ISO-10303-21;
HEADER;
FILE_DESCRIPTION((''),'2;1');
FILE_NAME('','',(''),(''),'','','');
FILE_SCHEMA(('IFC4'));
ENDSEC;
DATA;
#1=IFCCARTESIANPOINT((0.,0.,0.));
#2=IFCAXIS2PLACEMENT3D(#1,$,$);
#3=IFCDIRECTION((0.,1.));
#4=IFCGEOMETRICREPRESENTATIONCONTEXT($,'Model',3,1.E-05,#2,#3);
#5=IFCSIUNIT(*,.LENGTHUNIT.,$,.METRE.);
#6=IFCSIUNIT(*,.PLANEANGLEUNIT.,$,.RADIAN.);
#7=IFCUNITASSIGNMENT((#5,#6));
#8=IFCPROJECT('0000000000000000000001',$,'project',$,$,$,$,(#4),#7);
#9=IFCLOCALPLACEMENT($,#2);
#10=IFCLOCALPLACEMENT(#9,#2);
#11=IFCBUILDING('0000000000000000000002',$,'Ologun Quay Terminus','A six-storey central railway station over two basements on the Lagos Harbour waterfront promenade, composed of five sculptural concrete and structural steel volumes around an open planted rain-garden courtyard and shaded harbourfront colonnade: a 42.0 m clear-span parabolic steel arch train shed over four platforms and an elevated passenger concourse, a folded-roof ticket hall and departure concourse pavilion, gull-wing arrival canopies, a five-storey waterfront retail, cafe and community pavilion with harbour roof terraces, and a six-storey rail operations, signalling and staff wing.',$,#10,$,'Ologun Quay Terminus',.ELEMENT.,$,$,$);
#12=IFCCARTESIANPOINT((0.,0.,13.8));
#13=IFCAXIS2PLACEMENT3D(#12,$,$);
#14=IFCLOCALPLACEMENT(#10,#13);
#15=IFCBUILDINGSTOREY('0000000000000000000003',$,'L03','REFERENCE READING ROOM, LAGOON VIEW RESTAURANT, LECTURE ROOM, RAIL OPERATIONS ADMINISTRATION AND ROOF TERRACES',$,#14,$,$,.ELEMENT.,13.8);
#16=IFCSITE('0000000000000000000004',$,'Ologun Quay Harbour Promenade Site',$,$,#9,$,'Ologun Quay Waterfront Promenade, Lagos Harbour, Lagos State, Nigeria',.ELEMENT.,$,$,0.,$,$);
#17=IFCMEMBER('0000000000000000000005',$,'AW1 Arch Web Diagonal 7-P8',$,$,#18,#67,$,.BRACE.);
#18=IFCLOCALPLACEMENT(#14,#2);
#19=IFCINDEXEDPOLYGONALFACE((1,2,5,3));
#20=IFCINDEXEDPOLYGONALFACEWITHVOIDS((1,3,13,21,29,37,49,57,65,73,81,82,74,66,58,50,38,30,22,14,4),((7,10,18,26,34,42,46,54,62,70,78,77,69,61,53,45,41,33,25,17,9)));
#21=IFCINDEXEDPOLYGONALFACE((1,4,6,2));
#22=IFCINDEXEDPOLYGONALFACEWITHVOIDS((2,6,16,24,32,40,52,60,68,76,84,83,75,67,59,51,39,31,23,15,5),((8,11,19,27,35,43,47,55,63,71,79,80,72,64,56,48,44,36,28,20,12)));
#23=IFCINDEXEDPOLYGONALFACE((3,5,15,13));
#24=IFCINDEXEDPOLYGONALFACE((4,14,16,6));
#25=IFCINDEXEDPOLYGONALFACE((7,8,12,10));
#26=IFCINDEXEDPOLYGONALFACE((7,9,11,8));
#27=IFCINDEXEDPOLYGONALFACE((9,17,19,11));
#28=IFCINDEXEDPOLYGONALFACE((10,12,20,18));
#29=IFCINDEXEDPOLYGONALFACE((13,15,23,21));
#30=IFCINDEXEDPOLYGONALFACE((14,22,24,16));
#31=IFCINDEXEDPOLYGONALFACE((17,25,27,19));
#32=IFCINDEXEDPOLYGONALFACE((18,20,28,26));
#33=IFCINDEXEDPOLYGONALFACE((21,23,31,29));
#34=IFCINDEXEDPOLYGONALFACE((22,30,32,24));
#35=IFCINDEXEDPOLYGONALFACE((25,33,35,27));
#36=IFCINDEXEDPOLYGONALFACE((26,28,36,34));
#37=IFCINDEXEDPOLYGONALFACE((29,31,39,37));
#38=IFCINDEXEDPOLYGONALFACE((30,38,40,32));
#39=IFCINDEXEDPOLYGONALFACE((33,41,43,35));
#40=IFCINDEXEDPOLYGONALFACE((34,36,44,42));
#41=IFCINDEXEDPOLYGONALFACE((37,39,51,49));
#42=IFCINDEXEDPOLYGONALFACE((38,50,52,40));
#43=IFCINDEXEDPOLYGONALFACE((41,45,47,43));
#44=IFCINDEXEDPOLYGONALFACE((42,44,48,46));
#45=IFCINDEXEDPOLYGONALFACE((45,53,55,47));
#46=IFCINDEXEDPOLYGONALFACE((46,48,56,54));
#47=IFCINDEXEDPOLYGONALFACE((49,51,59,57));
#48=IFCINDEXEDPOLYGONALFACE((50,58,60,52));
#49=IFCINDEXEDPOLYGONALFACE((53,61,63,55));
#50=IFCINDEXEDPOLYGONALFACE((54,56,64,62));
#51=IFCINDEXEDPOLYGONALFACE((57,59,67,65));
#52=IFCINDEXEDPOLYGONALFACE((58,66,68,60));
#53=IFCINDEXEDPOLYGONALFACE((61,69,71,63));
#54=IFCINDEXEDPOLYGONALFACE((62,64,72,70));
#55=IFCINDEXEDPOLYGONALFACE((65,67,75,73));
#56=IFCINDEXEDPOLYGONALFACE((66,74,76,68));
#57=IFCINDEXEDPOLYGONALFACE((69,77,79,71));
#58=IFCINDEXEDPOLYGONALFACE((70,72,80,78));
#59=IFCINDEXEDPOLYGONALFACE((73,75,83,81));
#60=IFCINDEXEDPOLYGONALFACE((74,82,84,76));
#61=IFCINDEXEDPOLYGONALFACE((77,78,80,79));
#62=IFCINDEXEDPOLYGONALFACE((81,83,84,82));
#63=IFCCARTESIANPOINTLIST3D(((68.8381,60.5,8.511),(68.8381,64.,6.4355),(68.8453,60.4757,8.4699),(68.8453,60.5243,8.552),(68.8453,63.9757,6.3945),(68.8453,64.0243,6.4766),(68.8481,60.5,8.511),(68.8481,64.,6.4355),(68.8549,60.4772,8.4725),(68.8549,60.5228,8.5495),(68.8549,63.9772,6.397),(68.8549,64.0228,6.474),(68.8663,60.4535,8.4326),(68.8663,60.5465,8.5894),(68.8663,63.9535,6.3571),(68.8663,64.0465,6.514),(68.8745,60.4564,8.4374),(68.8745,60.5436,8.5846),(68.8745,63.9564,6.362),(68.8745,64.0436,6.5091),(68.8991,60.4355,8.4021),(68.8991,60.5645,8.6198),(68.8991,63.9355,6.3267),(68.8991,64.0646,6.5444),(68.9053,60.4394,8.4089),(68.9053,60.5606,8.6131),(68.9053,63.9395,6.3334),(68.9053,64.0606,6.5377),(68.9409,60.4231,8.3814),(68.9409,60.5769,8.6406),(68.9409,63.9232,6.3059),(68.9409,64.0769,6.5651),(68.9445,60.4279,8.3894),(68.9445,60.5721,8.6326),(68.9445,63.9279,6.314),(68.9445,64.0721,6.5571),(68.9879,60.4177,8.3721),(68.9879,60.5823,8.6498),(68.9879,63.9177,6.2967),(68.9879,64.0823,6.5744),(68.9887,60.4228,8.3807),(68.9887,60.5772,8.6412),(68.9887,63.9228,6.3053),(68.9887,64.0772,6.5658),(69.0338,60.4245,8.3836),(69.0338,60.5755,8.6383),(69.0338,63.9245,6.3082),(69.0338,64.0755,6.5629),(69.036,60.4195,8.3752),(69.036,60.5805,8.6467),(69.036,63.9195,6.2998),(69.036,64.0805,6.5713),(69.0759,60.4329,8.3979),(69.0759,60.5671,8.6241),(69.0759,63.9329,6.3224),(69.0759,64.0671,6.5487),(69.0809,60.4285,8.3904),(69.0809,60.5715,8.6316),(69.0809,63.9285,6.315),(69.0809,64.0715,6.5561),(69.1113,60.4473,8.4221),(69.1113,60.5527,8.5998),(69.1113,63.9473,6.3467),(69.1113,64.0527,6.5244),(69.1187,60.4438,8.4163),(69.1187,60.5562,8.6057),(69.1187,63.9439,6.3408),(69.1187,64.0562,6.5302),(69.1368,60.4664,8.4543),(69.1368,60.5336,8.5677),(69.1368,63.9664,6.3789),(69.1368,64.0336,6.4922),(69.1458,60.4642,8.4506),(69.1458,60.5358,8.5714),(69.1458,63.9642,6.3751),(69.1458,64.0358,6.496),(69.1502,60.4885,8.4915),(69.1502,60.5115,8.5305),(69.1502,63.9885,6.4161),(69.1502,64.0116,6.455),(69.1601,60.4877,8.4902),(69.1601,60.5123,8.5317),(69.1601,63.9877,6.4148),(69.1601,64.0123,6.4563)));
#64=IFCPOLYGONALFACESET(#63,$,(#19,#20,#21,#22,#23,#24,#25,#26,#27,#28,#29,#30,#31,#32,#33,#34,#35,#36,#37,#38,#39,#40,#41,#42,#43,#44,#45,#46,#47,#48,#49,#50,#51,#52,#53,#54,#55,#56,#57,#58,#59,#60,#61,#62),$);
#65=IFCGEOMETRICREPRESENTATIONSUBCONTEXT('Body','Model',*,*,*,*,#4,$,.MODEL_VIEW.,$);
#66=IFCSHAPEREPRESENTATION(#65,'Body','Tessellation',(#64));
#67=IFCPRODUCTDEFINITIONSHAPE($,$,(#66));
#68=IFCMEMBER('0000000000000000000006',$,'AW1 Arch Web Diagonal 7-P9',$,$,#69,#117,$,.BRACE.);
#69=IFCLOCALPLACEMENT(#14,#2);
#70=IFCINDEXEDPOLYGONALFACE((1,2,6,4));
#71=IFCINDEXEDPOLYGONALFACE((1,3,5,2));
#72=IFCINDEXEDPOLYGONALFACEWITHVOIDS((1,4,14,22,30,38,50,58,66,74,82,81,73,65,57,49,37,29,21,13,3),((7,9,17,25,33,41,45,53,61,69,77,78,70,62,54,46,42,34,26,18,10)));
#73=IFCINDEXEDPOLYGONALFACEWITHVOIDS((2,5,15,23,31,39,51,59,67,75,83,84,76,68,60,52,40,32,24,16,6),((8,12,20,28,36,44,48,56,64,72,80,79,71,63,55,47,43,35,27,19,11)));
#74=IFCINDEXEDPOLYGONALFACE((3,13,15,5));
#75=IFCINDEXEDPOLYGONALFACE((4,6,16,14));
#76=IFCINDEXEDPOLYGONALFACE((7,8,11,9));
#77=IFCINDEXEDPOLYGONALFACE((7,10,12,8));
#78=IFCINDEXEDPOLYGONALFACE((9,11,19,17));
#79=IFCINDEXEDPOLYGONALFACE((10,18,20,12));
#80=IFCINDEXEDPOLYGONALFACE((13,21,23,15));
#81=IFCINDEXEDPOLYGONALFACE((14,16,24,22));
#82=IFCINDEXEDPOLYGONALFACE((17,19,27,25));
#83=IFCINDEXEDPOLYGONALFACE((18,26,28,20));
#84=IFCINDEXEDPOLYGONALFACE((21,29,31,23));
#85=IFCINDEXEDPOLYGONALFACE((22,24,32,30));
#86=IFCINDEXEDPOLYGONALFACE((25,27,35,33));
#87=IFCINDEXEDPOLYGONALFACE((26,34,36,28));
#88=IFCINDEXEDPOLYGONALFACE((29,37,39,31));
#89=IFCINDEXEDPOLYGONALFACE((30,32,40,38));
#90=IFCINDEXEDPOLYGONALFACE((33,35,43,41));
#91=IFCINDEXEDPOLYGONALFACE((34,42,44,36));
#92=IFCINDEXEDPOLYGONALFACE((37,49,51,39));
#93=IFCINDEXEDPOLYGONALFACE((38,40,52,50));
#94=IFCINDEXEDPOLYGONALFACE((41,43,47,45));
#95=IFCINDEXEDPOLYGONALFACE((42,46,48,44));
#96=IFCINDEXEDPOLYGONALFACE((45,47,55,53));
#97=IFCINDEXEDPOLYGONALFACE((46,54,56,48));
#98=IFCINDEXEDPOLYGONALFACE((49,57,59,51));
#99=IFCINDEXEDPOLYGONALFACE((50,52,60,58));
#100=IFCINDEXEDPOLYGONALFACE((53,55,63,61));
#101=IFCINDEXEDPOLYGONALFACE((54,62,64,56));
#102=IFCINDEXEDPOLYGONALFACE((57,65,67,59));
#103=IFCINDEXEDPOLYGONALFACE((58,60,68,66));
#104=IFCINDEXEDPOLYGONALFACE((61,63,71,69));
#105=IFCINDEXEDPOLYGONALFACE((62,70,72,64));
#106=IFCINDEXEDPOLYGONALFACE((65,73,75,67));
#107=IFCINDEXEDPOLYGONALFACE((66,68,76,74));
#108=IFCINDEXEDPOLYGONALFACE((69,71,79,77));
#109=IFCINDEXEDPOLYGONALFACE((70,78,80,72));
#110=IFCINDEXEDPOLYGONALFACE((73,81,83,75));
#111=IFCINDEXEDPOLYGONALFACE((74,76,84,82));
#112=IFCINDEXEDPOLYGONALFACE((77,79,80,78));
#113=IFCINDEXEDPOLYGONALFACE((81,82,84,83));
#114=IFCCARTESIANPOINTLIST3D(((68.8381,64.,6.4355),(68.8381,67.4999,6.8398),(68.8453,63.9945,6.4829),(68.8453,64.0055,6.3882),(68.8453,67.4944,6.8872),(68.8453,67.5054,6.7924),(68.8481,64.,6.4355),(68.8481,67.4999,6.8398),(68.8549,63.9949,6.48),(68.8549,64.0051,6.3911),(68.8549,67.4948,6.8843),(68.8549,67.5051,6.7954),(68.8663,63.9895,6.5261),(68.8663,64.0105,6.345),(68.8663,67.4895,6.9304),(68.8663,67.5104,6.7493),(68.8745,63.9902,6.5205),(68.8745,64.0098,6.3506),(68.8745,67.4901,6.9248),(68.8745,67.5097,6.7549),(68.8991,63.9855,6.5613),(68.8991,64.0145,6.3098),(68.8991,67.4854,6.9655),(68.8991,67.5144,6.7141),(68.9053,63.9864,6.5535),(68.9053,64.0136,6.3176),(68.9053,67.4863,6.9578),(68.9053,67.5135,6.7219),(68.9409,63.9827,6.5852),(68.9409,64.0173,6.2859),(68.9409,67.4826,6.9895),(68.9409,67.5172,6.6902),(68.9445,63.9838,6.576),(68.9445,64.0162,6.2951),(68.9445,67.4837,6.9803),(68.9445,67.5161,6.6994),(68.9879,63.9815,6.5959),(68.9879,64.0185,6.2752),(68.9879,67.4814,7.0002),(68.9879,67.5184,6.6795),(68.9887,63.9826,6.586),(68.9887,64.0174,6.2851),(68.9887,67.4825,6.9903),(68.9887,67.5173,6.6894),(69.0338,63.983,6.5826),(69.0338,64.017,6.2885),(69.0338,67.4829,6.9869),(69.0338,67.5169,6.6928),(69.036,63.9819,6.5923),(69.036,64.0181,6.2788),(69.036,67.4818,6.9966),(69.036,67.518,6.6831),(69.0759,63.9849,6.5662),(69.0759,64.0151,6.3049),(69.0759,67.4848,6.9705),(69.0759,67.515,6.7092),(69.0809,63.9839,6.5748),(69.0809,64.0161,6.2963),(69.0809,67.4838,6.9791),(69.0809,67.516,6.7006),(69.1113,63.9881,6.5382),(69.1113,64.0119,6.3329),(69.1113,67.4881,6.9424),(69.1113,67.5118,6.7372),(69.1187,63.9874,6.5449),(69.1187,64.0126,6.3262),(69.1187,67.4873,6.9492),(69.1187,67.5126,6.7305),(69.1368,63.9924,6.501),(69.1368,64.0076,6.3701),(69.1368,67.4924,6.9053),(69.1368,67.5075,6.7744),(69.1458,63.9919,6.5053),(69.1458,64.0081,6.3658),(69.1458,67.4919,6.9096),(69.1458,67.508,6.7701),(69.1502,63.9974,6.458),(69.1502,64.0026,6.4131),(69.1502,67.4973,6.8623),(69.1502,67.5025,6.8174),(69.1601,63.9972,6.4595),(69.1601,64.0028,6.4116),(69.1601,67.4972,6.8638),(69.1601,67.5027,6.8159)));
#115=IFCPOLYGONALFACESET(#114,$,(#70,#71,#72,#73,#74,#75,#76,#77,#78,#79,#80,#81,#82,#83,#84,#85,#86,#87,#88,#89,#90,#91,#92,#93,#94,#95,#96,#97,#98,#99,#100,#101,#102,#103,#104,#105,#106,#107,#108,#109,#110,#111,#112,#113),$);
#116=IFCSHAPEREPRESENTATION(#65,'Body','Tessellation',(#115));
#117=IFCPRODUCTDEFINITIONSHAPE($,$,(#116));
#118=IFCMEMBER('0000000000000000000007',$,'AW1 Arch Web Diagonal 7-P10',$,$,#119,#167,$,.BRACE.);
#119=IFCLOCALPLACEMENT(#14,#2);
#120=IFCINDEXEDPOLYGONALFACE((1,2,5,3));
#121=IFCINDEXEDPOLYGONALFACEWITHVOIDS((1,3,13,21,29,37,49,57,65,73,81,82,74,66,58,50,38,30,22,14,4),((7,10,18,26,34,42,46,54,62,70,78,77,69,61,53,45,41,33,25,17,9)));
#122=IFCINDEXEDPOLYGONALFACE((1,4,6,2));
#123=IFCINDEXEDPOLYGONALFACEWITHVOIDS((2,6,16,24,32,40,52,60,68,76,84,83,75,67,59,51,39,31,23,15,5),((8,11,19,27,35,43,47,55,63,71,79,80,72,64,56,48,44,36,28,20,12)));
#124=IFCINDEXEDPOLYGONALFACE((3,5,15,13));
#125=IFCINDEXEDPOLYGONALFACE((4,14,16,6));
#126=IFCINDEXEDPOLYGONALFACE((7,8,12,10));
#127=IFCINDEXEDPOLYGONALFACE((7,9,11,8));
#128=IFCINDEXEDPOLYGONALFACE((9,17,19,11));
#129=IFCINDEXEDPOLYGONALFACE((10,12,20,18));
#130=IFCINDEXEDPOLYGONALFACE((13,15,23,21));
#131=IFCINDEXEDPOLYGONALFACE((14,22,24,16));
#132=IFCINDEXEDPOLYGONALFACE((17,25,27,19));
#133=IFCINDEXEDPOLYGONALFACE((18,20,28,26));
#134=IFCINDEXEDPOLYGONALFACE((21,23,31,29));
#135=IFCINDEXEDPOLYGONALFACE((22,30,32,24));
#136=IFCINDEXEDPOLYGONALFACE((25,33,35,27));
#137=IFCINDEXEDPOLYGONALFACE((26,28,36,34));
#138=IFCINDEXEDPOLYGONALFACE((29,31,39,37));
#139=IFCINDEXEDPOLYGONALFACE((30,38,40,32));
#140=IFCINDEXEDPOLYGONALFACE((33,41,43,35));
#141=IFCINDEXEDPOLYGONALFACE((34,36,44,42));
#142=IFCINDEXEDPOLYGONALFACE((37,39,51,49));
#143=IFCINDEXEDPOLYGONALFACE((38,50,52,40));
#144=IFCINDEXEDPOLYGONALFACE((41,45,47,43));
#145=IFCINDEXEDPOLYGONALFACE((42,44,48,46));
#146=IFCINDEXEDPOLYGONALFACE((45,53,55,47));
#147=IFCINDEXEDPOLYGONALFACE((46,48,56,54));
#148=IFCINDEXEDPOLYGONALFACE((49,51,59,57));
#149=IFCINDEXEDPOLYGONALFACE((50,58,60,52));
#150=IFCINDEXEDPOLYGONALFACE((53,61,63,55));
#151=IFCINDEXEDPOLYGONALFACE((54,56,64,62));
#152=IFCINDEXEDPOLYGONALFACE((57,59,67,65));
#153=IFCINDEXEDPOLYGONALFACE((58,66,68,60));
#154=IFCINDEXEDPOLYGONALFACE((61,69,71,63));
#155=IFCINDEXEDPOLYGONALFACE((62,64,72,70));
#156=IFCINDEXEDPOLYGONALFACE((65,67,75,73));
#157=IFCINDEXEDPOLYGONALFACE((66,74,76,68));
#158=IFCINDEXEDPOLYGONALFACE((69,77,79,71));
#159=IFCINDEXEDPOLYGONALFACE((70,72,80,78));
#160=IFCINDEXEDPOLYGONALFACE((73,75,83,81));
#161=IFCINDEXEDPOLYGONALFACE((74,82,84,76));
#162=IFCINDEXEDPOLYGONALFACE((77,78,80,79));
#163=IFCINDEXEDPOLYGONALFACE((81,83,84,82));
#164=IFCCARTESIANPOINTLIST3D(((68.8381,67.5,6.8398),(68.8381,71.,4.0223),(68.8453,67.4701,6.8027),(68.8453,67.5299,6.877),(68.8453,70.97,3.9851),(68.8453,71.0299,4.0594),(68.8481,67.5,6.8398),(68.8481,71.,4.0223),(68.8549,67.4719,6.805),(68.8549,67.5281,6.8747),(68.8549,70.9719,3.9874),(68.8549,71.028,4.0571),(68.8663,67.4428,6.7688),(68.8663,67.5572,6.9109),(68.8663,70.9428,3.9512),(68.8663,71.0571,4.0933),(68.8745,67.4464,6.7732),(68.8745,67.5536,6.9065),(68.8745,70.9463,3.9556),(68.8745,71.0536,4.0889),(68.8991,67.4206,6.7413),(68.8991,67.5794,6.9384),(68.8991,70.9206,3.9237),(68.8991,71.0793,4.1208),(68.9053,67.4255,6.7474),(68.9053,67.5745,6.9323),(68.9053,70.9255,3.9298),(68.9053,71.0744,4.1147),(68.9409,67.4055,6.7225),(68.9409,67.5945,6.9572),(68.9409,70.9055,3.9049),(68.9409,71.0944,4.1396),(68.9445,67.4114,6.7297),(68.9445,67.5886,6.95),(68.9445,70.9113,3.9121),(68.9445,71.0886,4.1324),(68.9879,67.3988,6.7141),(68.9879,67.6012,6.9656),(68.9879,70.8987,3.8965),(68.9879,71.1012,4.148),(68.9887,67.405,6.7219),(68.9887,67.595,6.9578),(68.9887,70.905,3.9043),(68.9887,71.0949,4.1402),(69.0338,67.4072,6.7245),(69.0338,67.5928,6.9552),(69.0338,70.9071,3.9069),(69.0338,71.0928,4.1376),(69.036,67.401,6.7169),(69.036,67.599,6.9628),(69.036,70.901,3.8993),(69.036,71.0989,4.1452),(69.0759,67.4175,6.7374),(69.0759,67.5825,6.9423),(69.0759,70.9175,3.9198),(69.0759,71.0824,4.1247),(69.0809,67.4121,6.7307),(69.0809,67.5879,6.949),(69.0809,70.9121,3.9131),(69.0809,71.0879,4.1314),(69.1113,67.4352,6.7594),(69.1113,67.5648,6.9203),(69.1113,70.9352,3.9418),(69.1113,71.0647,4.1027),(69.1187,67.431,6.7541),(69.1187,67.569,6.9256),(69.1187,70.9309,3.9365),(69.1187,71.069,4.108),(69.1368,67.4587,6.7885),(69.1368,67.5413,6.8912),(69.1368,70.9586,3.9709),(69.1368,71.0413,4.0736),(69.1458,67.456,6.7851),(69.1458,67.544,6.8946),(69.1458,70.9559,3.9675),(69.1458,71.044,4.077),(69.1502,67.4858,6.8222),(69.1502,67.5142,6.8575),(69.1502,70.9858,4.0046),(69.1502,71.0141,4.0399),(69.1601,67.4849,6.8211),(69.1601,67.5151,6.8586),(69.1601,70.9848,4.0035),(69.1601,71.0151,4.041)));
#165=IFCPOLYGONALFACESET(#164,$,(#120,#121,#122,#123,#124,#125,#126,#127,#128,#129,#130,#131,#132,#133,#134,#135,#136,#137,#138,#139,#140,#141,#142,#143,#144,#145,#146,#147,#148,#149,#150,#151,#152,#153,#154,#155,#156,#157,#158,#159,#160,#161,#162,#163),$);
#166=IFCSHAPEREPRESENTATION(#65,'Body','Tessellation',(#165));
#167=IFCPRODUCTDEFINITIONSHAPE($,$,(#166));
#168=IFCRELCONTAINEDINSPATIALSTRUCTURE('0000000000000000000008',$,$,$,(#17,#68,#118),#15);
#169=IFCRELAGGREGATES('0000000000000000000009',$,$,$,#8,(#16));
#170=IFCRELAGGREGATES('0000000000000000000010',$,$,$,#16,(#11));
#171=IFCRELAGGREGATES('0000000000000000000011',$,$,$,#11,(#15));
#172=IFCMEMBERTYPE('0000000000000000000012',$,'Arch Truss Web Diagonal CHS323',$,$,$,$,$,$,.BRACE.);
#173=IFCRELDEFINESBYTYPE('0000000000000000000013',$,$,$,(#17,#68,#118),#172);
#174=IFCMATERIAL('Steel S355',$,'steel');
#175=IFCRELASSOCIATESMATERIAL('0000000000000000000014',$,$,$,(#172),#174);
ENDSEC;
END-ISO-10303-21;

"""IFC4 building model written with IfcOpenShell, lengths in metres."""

from ifc_helpers import new_model, si_unit, direction, frame, origin, origin_2d, place, context, subcontext, project, spatial, hollow_circle, extrude, material, material_profile, profile_set, type_object, element, save


model = new_model("IFC4")

# Units and contexts
model_context = context("Model", 3, precision=1e-05, world=origin(), true_north=direction((0.0, 1.0)))
body_context = subcontext(model_context, "Body", "Model", "MODEL_VIEW")
ifc_project = project(units=[si_unit("LENGTHUNIT", "METRE"), si_unit("PLANEANGLEUNIT", "RADIAN")], contexts=[model_context])

# Site, building, storey
site_placement = place(None, origin())
site = spatial("IfcSite", under=ifc_project, at=site_placement, Name="Ologun Quay Harbour Promenade Site", LongName="Ologun Quay Waterfront Promenade, Lagos Harbour, Lagos State, Nigeria", CompositionType="ELEMENT", RefElevation=0.0)
building_placement = place(site_placement, origin())
building = spatial("IfcBuilding", under=site, at=building_placement, Name="Ologun Quay Terminus", Description="A six-storey central railway station over two basements on the Lagos Harbour waterfront promenade, composed of five sculptural concrete and structural steel volumes around an open planted rain-garden courtyard and shaded harbourfront colonnade: a 42.0 m clear-span parabolic steel arch train shed over four platforms and an elevated passenger concourse, a folded-roof ticket hall and departure concourse pavilion, gull-wing arrival canopies, a five-storey waterfront retail, cafe and community pavilion with harbour roof terraces, and a six-storey rail operations, signalling and staff wing.", LongName="Ologun Quay Terminus", CompositionType="ELEMENT")
storey_placement = place(building_placement, frame((0.0, 0.0, 13.8)))
storey = spatial("IfcBuildingStorey", under=building, at=storey_placement, Name="L03", Description="REFERENCE READING ROOM, LAGOON VIEW RESTAURANT, LECTURE ROOM, RAIL OPERATIONS ADMINISTRATION AND ROOF TERRACES", CompositionType="ELEMENT", Elevation=13.8)

# Members
ifc_material_1 = material(Name="Steel S355", Category="steel")
ifc_material_profile_1 = material_profile(ifc_material_1, hollow_circle(Radius=0.1619, WallThickness=0.01, at=origin_2d()), Name="CHS 323.9x10")
ifc_profile_set_1 = profile_set([ifc_material_profile_1], Name="Steel S355")
member_type_1 = type_object("IfcMemberType", Name="Arch Truss Web Diagonal CHS323", PredefinedType="BRACE", material=ifc_profile_set_1)
member_1_placement = place(storey_placement, frame((69.0, 60.5, 8.511), z_axis=(0.0, 0.860144, -0.510051), x_axis=(-1.0, 0.0, 0.0)))
element("IfcMember", 1, at=member_1_placement, inside=storey, type_object=member_type_1, Name="AW1 Arch Web Diagonal 7-P8", PredefinedType="BRACE", context=body_context, shape_type="SweptSolid", body=[
    extrude(hollow_circle(Radius=0.1619, WallThickness=0.01, at=origin_2d()), origin(), (0.0, 0.0, 1.0), 4.0691),
])
member_2_placement = place(storey_placement, frame((69.0, 64.0, 6.4355), z_axis=(0.0, 0.993394, 0.11475), x_axis=(-1.0, 0.0, 0.0)))
element("IfcMember", 2, at=member_2_placement, inside=storey, type_object=member_type_1, Name="AW1 Arch Web Diagonal 7-P9", PredefinedType="BRACE", context=body_context, shape_type="SweptSolid", body=[
    extrude(hollow_circle(Radius=0.1619, WallThickness=0.01, at=origin_2d()), origin(), (0.0, 0.0, 1.0), 3.5232),
])
member_3_placement = place(storey_placement, frame((69.0, 67.5, 6.8398), z_axis=(0.0, 0.778951, -0.627084), x_axis=(-1.0, 0.0, 0.0)))
element("IfcMember", 3, at=member_3_placement, inside=storey, type_object=member_type_1, Name="AW1 Arch Web Diagonal 7-P10", PredefinedType="BRACE", context=body_context, shape_type="SweptSolid", body=[
    extrude(hollow_circle(Radius=0.1619, WallThickness=0.01, at=origin_2d()), origin(), (0.0, 0.0, 1.0), 4.4932),
])

save(model, "model.ifc")
